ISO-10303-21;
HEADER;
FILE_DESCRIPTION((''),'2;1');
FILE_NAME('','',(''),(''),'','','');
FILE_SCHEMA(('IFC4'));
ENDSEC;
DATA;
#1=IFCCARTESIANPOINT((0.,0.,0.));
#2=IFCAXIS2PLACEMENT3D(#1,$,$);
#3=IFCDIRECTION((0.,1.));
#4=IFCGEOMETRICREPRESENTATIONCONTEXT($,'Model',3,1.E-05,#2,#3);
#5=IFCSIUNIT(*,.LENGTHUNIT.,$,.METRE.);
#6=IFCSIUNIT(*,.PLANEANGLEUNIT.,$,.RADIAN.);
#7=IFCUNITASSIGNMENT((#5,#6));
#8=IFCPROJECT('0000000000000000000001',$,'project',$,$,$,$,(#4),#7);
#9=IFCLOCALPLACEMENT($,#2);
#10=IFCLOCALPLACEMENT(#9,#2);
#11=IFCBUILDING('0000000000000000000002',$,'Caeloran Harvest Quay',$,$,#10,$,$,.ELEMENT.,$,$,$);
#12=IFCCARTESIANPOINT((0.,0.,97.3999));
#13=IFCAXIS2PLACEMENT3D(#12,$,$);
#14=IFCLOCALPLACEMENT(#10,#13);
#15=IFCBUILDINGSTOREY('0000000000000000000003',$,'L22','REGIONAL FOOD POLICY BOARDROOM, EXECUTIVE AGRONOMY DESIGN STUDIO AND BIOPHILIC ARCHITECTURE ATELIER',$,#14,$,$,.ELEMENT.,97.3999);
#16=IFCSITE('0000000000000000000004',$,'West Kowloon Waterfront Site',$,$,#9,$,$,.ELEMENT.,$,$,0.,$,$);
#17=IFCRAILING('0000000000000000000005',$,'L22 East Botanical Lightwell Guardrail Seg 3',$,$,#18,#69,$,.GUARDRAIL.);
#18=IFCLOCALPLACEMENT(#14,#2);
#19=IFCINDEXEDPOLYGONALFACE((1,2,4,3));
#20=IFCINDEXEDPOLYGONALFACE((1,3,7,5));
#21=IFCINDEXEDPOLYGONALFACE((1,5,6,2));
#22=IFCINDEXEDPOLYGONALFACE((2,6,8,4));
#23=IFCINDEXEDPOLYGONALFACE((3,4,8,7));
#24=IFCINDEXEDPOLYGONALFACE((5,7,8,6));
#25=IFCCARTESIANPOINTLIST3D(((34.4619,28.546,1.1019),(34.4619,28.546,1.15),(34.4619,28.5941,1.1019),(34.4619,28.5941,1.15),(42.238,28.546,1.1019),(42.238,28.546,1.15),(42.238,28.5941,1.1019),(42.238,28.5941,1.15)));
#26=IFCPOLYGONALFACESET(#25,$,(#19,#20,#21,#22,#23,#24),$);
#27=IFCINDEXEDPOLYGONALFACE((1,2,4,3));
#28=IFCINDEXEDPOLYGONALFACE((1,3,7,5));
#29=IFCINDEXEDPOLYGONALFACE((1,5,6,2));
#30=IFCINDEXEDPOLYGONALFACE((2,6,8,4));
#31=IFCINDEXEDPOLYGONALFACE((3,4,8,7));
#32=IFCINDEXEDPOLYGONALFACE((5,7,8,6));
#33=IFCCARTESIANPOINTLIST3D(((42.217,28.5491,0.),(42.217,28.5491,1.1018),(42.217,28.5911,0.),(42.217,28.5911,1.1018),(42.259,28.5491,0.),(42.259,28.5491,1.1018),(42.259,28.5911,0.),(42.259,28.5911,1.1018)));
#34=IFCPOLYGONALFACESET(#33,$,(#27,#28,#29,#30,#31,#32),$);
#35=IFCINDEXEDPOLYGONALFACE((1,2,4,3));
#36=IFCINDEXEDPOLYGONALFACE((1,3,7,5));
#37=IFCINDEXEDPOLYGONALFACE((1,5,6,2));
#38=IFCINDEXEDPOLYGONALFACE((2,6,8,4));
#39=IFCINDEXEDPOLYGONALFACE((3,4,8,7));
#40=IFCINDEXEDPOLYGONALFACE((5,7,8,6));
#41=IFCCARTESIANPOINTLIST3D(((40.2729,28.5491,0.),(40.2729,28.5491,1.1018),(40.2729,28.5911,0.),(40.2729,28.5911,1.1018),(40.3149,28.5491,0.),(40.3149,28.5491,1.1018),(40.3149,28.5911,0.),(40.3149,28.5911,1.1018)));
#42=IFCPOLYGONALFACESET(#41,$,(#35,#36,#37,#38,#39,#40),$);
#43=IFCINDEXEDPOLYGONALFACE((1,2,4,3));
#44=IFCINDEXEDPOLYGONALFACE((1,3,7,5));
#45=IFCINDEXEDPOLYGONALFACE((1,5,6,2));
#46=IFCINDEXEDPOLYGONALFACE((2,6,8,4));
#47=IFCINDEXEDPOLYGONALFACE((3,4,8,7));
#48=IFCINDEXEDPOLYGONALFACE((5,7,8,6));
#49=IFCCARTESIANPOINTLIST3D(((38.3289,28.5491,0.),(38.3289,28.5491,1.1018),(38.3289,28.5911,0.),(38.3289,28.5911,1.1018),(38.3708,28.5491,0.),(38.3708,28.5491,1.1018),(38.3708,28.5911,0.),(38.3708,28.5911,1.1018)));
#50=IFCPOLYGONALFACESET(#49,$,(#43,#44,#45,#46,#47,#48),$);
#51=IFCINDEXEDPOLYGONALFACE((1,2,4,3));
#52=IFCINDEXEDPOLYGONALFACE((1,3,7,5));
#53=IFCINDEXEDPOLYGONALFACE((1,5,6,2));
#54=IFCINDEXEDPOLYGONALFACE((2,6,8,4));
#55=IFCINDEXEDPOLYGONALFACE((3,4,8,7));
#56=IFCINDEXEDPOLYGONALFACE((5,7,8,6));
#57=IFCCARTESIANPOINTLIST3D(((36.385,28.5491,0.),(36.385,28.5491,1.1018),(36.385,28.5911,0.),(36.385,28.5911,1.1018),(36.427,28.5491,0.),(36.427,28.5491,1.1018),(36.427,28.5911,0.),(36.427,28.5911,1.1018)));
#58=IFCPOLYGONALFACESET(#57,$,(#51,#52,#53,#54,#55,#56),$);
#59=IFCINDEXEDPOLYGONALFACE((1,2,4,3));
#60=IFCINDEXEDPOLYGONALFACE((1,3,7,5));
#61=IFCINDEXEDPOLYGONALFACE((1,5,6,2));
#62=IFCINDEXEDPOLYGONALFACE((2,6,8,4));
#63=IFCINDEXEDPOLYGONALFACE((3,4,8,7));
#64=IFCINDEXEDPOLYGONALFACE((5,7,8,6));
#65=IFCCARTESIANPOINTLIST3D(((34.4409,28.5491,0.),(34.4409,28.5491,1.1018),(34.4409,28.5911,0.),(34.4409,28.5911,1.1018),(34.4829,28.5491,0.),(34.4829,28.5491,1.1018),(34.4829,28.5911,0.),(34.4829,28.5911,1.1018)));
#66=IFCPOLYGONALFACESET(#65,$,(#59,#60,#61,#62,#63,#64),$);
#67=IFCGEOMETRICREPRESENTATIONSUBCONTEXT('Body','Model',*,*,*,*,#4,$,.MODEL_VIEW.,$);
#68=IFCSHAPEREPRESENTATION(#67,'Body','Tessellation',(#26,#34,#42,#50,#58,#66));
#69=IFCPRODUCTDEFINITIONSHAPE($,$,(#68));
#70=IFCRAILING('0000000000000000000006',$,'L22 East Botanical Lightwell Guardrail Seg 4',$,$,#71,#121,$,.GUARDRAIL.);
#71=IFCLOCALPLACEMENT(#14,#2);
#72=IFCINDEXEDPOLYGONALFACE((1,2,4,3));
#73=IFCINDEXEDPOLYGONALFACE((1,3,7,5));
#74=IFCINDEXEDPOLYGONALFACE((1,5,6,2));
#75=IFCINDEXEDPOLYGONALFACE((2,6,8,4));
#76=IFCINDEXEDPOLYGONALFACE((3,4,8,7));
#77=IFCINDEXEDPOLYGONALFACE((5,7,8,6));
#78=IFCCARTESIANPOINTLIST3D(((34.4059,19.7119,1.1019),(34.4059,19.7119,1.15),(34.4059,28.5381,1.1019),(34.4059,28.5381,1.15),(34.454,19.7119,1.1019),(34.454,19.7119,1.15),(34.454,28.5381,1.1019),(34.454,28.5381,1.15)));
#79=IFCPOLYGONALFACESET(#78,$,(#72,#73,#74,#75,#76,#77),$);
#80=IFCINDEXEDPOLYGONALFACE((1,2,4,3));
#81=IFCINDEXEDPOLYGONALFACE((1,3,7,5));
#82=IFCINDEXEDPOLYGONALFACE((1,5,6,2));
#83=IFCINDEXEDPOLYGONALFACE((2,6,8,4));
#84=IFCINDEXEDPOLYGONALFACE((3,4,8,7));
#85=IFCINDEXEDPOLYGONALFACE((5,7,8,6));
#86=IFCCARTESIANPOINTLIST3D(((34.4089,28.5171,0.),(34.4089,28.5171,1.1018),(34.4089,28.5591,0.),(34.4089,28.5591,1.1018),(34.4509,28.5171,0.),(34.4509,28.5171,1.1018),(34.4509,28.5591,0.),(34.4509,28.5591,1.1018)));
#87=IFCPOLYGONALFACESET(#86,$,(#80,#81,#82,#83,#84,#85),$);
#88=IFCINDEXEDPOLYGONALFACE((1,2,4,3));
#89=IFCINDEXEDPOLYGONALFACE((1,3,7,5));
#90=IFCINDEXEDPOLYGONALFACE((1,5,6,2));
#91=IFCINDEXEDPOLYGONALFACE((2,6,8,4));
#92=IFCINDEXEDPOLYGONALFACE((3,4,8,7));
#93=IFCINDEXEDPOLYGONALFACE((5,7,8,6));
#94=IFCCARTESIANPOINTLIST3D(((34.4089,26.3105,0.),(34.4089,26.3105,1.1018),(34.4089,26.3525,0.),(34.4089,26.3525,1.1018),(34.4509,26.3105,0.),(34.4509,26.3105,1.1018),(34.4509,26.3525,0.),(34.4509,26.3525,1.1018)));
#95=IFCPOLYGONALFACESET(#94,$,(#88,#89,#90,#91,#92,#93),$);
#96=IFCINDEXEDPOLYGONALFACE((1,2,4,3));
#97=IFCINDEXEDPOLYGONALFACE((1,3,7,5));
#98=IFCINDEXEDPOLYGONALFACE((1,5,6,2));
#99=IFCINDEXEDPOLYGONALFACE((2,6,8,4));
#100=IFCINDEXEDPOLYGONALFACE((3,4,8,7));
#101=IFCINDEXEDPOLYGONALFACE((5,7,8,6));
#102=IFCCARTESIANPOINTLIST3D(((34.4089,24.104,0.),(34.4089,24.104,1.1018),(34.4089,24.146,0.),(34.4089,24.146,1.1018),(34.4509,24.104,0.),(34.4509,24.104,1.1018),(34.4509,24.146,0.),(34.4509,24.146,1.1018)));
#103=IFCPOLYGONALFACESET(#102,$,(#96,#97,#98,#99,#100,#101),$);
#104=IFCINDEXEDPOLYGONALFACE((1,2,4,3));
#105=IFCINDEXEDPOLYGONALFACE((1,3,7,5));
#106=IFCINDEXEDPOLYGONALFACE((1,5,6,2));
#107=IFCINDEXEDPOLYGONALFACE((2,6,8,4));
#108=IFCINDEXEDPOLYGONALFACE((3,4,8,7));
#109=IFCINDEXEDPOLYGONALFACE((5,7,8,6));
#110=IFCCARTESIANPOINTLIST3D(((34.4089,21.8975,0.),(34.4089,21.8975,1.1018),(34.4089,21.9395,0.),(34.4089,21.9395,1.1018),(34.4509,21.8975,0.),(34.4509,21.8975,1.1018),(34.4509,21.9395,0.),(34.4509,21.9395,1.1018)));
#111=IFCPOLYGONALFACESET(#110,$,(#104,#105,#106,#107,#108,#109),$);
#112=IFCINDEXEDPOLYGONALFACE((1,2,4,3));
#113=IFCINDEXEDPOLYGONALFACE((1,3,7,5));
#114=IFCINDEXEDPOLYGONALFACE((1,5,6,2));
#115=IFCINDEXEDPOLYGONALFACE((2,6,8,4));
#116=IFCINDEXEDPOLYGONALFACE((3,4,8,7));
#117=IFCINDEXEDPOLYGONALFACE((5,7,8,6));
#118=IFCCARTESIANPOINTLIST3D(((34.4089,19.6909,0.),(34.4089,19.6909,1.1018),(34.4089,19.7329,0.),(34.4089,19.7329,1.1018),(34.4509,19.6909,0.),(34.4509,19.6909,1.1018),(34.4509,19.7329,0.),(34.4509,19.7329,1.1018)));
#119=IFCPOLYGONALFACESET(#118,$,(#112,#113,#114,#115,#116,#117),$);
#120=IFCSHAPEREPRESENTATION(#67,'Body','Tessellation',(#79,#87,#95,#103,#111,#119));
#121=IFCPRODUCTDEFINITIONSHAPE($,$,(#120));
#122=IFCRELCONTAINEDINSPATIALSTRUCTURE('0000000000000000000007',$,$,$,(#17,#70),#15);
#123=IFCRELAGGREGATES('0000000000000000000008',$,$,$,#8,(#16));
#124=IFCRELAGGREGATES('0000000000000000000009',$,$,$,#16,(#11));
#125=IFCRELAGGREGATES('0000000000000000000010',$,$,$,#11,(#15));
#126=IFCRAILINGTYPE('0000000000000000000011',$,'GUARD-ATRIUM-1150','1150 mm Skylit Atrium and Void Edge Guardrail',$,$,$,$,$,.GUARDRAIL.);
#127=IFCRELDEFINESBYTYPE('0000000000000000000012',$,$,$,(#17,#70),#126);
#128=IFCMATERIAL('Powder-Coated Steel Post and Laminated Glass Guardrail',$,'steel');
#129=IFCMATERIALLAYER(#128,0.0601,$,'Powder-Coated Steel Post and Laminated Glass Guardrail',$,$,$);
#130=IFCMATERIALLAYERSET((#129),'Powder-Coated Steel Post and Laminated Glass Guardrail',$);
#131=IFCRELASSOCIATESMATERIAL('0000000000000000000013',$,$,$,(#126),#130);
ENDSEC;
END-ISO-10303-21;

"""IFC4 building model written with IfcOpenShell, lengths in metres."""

from ifc_helpers import new_model, si_unit, direction, frame, origin, origin_2d, place, context, subcontext, project, spatial, rectangle, extrude, material, layer, layer_set, type_object, element, save


model = new_model("IFC4")

# Units and contexts
model_context = context("Model", 3, precision=1e-05, world=origin(), true_north=direction((0.0, 1.0)))
body_context = subcontext(model_context, "Body", "Model", "MODEL_VIEW")
ifc_project = project(units=[si_unit("LENGTHUNIT", "METRE"), si_unit("PLANEANGLEUNIT", "RADIAN")], contexts=[model_context])

# Site, building, storey
site_placement = place(None, origin())
site = spatial("IfcSite", under=ifc_project, at=site_placement, Name="West Kowloon Waterfront Site", CompositionType="ELEMENT", RefElevation=0.0)
building_placement = place(site_placement, origin())
building = spatial("IfcBuilding", under=site, at=building_placement, Name="Caeloran Harvest Quay", CompositionType="ELEMENT")
storey_placement = place(building_placement, frame((0.0, 0.0, 97.3999)))
storey = spatial("IfcBuildingStorey", under=building, at=storey_placement, Name="L22", Description="REGIONAL FOOD POLICY BOARDROOM, EXECUTIVE AGRONOMY DESIGN STUDIO AND BIOPHILIC ARCHITECTURE ATELIER", CompositionType="ELEMENT", Elevation=97.3999)

# Railings
ifc_material_1 = material(Name="Powder-Coated Steel Post and Laminated Glass Guardrail", Category="steel")
ifc_layer_1 = layer(ifc_material_1, 0.0601, Name="Powder-Coated Steel Post and Laminated Glass Guardrail")
ifc_layer_set_1 = layer_set([ifc_layer_1], Name="Powder-Coated Steel Post and Laminated Glass Guardrail")
railing_type = type_object("IfcRailingType", Name="GUARD-ATRIUM-1150", Description="1150 mm Skylit Atrium and Void Edge Guardrail", PredefinedType="GUARDRAIL", material=ifc_layer_set_1)
railing_1_placement = place(storey_placement, frame((42.238, 28.5701, 0.0)))
element("IfcRailing", 1, at=railing_1_placement, inside=storey, type_object=railing_type, Name="L22 East Botanical Lightwell Guardrail Seg 3", PredefinedType="GUARDRAIL", context=body_context, shape_type="SweptSolid", body=[
    extrude(rectangle(XDim=0.0481, YDim=0.0481, at=origin_2d()), frame((0.0, 0.0, 1.126), z_axis=(-1.0, 0.0, 0.0), x_axis=(0.0, -1.0, 0.0)), (0.0, 0.0, 1.0), 7.7761),
    extrude(rectangle(XDim=0.042, YDim=0.042, at=origin_2d()), origin(), (0.0, 0.0, 1.0), 1.1018),
    extrude(rectangle(XDim=0.042, YDim=0.042, at=origin_2d()), frame((-1.9441, 0.0, 0.0)), (0.0, 0.0, 1.0), 1.1018),
    extrude(rectangle(XDim=0.042, YDim=0.042, at=origin_2d()), frame((-3.8882, 0.0, 0.0)), (0.0, 0.0, 1.0), 1.1018),
    extrude(rectangle(XDim=0.042, YDim=0.042, at=origin_2d()), frame((-5.832, 0.0, 0.0)), (0.0, 0.0, 1.0), 1.1018),
    extrude(rectangle(XDim=0.042, YDim=0.042, at=origin_2d()), frame((-7.7761, 0.0, 0.0)), (0.0, 0.0, 1.0), 1.1018),
])
railing_2_placement = place(storey_placement, frame((34.4299, 28.5381, 0.0)))
element("IfcRailing", 2, at=railing_2_placement, inside=storey, type_object=railing_type, Name="L22 East Botanical Lightwell Guardrail Seg 4", PredefinedType="GUARDRAIL", context=body_context, shape_type="SweptSolid", body=[
    extrude(rectangle(XDim=0.0481, YDim=0.0481, at=origin_2d()), frame((0.0, 0.0, 1.126), z_axis=(0.0, -1.0, 0.0), x_axis=(1.0, 0.0, 0.0)), (0.0, 0.0, 1.0), 8.8262),
    extrude(rectangle(XDim=0.042, YDim=0.042, at=origin_2d()), origin(), (0.0, 0.0, 1.0), 1.1018),
    extrude(rectangle(XDim=0.042, YDim=0.042, at=origin_2d()), frame((0.0, -2.2065, 0.0)), (0.0, 0.0, 1.0), 1.1018),
    extrude(rectangle(XDim=0.042, YDim=0.042, at=origin_2d()), frame((0.0, -4.4131, 0.0)), (0.0, 0.0, 1.0), 1.1018),
    extrude(rectangle(XDim=0.042, YDim=0.042, at=origin_2d()), frame((0.0, -6.6196, 0.0)), (0.0, 0.0, 1.0), 1.1018),
    extrude(rectangle(XDim=0.042, YDim=0.042, at=origin_2d()), frame((0.0, -8.8262, 0.0)), (0.0, 0.0, 1.0), 1.1018),
])

save(model, "model.ifc")
